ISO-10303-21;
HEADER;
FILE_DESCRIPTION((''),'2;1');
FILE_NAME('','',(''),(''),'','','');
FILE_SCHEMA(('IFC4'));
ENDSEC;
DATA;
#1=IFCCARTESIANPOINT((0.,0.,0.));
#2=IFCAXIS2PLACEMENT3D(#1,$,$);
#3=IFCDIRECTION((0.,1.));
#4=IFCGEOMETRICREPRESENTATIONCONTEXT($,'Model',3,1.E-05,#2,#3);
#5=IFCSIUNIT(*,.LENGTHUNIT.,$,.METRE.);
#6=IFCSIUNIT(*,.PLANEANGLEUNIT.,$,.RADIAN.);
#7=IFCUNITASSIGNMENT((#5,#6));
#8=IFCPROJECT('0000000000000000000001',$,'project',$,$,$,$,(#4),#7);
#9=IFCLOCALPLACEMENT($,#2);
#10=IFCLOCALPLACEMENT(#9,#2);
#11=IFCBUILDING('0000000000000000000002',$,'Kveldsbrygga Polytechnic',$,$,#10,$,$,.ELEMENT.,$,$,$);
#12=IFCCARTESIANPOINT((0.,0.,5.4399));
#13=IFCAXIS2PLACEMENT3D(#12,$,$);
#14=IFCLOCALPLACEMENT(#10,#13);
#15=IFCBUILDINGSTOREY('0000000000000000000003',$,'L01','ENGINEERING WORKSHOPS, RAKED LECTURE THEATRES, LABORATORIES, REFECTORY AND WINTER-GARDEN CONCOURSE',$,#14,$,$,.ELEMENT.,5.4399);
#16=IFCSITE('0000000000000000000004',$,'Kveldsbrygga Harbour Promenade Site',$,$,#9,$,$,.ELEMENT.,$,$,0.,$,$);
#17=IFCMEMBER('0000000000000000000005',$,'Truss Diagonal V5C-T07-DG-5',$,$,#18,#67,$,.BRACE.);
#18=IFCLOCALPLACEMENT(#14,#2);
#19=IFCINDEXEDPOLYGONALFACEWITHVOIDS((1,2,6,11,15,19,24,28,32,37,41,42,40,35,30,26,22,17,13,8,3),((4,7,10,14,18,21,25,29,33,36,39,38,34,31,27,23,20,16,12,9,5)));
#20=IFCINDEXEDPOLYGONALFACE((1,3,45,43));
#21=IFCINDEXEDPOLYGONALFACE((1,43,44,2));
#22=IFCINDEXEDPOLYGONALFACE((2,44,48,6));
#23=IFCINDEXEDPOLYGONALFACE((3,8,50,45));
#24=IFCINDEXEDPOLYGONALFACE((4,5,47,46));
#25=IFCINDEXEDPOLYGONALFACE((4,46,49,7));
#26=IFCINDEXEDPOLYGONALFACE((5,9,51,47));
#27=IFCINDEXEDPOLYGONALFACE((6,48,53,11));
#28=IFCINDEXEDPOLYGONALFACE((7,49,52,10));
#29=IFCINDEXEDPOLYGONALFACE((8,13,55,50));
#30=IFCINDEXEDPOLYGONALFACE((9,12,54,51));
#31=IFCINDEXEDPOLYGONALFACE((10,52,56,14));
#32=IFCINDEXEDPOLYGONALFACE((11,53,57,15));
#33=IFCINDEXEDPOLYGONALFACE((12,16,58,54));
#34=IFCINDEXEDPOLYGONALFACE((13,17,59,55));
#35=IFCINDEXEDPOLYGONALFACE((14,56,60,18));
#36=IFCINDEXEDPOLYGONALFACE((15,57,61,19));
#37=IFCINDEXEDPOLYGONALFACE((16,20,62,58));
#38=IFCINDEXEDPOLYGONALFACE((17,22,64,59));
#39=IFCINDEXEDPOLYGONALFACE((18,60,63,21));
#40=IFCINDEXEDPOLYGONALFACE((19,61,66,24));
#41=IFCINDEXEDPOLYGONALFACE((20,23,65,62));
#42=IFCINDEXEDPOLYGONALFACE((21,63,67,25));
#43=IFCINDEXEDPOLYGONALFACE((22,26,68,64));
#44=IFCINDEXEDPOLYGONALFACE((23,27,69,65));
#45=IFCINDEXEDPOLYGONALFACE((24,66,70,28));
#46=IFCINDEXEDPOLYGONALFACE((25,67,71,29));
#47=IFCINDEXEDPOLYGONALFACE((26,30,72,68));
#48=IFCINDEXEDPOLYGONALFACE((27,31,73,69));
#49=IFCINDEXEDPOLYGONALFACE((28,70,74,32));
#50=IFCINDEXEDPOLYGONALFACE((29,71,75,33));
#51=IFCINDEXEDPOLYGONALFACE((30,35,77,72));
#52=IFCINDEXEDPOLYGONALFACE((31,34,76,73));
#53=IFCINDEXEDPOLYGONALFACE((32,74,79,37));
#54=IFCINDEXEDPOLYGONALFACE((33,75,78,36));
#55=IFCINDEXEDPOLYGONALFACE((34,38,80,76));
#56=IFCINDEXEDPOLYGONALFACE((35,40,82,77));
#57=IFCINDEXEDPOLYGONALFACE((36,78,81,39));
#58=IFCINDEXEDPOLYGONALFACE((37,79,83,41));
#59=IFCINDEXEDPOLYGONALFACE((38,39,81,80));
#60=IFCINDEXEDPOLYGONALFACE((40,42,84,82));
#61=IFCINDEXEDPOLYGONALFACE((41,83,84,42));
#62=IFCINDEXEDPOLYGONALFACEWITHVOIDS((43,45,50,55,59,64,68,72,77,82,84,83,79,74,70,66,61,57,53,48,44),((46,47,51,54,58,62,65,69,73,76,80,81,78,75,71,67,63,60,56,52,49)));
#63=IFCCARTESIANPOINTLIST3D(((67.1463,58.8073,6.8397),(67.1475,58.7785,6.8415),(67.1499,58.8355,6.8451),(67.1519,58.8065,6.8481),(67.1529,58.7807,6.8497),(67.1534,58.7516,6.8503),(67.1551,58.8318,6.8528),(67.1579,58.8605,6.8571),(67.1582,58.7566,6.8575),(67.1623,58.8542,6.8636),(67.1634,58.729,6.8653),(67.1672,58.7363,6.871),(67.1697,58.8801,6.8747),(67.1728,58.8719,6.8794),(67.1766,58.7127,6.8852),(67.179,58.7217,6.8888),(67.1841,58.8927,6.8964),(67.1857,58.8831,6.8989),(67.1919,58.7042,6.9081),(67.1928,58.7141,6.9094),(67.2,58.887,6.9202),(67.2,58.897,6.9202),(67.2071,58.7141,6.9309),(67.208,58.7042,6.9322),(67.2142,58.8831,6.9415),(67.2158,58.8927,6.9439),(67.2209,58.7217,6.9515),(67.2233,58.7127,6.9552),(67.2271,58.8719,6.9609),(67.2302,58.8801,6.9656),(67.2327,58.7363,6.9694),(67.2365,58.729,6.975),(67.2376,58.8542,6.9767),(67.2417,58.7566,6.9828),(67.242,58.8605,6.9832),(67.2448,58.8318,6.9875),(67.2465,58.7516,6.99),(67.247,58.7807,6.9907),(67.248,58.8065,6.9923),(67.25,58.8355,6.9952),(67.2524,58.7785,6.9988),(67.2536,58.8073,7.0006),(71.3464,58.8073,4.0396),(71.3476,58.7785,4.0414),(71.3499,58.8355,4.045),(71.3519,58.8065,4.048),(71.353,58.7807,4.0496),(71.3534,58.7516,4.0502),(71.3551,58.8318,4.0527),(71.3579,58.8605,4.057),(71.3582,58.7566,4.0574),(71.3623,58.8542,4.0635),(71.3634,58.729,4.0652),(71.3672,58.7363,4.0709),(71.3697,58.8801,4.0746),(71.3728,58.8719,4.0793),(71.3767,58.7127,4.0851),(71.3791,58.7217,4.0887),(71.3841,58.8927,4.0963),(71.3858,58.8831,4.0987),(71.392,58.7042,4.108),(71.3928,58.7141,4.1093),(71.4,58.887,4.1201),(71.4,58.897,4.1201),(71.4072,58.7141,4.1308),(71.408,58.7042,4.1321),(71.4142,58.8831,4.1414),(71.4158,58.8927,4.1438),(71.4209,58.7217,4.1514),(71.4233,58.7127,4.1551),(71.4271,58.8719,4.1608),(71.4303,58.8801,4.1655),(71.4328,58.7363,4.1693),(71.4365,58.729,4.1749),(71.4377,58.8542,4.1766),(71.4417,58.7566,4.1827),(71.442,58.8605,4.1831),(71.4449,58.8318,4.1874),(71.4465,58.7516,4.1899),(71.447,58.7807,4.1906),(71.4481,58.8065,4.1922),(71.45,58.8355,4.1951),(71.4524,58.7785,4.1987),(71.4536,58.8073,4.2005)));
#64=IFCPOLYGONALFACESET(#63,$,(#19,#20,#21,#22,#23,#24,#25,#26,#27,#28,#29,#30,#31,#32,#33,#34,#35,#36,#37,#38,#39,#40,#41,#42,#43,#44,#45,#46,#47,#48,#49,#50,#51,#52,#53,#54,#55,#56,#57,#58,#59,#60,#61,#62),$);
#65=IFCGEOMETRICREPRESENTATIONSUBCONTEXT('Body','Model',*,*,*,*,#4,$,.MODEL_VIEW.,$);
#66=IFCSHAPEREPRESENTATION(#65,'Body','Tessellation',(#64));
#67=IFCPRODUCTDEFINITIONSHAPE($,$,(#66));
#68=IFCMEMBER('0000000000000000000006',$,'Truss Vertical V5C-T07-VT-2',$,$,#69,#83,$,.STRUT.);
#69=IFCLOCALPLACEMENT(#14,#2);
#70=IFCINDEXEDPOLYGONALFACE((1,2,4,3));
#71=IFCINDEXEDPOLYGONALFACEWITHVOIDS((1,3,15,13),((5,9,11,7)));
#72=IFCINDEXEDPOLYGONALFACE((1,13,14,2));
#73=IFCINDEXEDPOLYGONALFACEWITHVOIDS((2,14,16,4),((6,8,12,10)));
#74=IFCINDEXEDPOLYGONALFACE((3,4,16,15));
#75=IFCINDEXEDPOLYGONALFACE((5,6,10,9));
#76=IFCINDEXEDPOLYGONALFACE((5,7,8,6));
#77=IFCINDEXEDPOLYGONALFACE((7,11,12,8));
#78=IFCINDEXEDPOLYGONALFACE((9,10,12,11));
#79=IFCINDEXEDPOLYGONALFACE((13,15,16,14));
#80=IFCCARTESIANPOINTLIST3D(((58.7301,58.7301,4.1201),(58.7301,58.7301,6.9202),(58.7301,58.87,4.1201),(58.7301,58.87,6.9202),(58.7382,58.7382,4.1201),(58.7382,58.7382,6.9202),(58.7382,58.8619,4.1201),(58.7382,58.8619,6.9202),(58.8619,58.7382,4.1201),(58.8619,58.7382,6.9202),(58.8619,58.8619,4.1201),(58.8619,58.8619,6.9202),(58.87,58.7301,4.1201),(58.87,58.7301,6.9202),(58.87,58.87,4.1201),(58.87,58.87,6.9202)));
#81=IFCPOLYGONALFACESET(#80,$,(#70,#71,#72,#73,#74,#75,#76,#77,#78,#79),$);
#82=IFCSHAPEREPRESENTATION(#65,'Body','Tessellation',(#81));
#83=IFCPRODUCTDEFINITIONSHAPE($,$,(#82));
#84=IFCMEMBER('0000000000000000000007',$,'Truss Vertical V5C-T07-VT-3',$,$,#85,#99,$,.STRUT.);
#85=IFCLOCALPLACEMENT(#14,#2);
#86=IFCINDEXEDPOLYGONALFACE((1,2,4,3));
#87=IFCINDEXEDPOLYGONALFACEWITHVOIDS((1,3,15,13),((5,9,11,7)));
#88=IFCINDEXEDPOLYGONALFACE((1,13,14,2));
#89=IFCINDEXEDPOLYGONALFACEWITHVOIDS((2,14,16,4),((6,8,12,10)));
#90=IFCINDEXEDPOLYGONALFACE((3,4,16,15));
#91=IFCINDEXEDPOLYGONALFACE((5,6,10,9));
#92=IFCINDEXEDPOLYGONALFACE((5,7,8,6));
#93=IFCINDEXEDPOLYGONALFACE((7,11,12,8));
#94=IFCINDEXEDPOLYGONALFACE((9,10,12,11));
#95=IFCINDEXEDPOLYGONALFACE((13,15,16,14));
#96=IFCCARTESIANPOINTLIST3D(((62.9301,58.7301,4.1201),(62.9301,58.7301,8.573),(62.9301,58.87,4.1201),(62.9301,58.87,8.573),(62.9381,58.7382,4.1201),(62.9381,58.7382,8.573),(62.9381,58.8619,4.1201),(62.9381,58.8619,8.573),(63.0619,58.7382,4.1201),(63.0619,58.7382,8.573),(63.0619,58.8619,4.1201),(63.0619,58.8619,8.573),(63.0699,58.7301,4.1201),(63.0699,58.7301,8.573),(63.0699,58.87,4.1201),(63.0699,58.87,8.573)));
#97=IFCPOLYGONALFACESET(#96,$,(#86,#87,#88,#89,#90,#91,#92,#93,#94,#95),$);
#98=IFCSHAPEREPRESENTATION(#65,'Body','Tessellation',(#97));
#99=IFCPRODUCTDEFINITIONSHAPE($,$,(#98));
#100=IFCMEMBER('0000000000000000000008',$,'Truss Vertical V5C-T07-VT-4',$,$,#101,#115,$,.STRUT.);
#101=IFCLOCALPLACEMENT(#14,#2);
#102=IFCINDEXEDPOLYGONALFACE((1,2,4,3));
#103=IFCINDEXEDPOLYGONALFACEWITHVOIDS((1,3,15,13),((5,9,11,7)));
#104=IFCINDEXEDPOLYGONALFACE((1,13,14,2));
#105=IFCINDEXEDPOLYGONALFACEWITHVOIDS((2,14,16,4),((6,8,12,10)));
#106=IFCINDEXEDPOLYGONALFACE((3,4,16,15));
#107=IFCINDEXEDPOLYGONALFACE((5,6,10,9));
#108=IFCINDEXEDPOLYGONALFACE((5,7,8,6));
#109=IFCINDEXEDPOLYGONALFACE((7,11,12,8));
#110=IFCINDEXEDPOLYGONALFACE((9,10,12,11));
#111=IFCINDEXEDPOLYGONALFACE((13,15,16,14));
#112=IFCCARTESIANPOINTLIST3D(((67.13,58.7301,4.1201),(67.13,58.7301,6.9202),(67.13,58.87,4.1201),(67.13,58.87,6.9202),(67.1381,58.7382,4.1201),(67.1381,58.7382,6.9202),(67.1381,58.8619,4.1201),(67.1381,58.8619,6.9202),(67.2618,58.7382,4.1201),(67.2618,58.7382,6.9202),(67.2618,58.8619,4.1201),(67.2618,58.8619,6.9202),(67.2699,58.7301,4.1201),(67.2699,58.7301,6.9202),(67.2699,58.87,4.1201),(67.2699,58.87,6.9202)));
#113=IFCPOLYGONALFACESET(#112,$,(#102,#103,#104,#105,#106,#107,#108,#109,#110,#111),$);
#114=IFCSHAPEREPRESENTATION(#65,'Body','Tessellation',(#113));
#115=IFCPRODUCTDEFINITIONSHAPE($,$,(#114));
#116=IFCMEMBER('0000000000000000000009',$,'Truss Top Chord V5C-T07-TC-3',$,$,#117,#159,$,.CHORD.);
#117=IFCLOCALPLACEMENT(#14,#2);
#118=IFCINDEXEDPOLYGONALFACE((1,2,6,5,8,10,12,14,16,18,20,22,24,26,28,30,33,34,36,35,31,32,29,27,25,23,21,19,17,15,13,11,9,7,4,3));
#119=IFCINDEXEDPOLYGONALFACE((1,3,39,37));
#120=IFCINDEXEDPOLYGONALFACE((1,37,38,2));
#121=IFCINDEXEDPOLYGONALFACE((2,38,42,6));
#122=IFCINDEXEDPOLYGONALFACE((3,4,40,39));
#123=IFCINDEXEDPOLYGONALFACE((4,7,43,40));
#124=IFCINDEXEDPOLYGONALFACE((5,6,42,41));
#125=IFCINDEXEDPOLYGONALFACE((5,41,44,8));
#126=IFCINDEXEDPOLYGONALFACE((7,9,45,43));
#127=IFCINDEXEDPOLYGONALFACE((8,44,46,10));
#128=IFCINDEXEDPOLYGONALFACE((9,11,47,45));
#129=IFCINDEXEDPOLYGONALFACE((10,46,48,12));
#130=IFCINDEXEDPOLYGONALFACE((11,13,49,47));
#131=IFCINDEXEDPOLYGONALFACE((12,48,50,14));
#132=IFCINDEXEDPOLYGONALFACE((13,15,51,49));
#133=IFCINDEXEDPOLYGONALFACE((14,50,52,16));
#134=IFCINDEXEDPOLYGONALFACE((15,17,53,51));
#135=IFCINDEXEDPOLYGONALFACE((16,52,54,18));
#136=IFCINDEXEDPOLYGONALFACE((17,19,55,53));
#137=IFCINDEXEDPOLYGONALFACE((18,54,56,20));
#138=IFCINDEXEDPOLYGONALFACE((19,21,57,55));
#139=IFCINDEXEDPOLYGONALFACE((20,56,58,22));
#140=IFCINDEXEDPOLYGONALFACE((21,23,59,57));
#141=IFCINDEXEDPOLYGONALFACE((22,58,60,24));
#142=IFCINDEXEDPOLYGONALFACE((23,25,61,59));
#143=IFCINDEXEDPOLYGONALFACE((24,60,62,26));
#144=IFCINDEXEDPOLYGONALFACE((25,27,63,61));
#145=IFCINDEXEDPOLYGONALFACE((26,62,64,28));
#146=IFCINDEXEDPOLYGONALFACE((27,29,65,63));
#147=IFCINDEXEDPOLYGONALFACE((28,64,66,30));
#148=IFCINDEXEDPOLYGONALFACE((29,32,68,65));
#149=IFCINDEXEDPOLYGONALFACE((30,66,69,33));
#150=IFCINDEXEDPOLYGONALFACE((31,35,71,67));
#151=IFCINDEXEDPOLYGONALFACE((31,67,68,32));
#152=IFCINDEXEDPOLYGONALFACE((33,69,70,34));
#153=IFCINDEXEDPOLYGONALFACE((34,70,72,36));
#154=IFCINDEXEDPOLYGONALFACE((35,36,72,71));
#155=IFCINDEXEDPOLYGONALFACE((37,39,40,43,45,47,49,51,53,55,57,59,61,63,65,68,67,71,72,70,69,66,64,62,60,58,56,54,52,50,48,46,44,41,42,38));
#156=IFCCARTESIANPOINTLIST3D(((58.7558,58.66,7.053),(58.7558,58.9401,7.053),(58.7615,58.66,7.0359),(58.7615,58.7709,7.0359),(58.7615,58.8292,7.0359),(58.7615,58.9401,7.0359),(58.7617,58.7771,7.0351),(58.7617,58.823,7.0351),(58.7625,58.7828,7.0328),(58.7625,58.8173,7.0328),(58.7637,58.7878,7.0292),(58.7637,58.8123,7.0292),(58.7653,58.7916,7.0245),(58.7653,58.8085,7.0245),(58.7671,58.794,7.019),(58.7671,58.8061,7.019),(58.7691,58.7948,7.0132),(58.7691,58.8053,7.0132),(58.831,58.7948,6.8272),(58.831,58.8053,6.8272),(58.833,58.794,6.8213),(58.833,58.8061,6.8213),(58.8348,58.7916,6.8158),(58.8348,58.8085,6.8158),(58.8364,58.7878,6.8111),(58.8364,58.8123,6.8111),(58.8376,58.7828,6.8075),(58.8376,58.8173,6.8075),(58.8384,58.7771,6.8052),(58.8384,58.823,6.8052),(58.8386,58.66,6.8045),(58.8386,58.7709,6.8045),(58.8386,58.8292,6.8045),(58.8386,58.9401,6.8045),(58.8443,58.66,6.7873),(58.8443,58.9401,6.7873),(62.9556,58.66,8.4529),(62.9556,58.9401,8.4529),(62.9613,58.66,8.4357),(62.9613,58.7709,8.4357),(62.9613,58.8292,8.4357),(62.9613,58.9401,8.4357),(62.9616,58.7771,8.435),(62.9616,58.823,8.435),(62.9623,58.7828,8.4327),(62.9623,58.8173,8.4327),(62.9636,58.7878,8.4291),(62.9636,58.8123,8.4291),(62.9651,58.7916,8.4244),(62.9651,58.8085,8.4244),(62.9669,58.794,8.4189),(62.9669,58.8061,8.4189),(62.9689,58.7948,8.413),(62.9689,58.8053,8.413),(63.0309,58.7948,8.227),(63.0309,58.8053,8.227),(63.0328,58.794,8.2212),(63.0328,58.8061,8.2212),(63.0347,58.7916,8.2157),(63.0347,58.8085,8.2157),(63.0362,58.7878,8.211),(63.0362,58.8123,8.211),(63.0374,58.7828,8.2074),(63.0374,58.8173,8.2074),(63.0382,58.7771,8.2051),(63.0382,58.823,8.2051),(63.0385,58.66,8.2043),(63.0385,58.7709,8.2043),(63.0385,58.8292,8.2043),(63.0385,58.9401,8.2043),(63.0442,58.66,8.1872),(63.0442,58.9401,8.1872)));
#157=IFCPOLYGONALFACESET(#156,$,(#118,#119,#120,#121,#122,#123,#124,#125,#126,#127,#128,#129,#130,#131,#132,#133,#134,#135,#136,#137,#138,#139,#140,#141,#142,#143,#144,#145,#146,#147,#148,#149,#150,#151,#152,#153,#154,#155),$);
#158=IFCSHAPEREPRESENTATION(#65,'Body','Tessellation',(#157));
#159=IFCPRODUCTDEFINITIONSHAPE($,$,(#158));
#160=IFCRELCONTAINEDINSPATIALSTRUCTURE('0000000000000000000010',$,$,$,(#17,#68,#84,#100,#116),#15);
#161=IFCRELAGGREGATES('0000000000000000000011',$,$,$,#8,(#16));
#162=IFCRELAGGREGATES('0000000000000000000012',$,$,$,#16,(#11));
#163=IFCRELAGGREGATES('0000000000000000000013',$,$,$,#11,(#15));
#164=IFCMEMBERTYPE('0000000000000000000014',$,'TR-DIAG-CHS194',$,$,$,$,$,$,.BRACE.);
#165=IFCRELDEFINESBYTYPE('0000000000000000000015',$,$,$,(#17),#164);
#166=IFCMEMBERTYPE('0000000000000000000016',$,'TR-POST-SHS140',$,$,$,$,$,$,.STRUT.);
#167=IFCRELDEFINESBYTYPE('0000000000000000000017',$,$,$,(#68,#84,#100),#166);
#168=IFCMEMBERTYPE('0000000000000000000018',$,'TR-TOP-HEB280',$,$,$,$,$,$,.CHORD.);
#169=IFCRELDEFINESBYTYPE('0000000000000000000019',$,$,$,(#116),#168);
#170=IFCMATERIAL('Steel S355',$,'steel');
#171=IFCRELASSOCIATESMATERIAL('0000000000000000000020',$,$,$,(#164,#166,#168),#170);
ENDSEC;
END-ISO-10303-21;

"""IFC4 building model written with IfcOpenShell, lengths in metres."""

from ifc_helpers import new_model, si_unit, direction, frame, origin, origin_2d, place, context, subcontext, project, spatial, hollow_rectangle, hollow_circle, i_section, extrude, material, material_profile, profile_set, type_object, element, save


model = new_model("IFC4")

# Units and contexts
model_context = context("Model", 3, precision=1e-05, world=origin(), true_north=direction((0.0, 1.0)))
body_context = subcontext(model_context, "Body", "Model", "MODEL_VIEW")
ifc_project = project(units=[si_unit("LENGTHUNIT", "METRE"), si_unit("PLANEANGLEUNIT", "RADIAN")], contexts=[model_context])

# Site, building, storey
site_placement = place(None, origin())
site = spatial("IfcSite", under=ifc_project, at=site_placement, Name="Kveldsbrygga Harbour Promenade Site", CompositionType="ELEMENT", RefElevation=0.0)
building_placement = place(site_placement, origin())
building = spatial("IfcBuilding", under=site, at=building_placement, Name="Kveldsbrygga Polytechnic", CompositionType="ELEMENT")
storey_placement = place(building_placement, frame((0.0, 0.0, 5.4399)))
storey = spatial("IfcBuildingStorey", under=building, at=storey_placement, Name="L01", Description="ENGINEERING WORKSHOPS, RAKED LECTURE THEATRES, LABORATORIES, REFECTORY AND WINTER-GARDEN CONCOURSE", CompositionType="ELEMENT", Elevation=5.4399)

# Shared definitions
ifc_material_1 = material(Name="Steel S355", Category="steel")

# Members
ifc_material_profile_1 = material_profile(ifc_material_1, hollow_circle(Radius=0.0969, WallThickness=0.01, at=origin_2d()), Name="CHS 193.7x10.0")
ifc_profile_set_1 = profile_set([ifc_material_profile_1], Name="Steel S355")
member_type_1 = type_object("IfcMemberType", Name="TR-DIAG-CHS194", PredefinedType="BRACE", material=ifc_profile_set_1)
member_1_placement = place(storey_placement, frame((67.2, 58.8, 6.9202), z_axis=(0.832043, 0.0, -0.554711), x_axis=(0.0, 1.0, 0.0)))
element("IfcMember", 1, at=member_1_placement, inside=storey, type_object=member_type_1, Name="Truss Diagonal V5C-T07-DG-5", PredefinedType="BRACE", context=body_context, shape_type="SweptSolid", body=[
    extrude(hollow_circle(Radius=0.0969, WallThickness=0.01, at=origin_2d()), origin(), (0.0, 0.0, 1.0), 5.0479),
])
ifc_material_profile_2 = material_profile(ifc_material_1, hollow_rectangle(XDim=0.1399, YDim=0.1399, WallThickness=0.0081, at=origin_2d()), Name="SHS 140x140x8.0")
ifc_profile_set_2 = profile_set([ifc_material_profile_2], Name="Steel S355")
member_type_2 = type_object("IfcMemberType", Name="TR-POST-SHS140", PredefinedType="STRUT", material=ifc_profile_set_2)
member_2_placement = place(storey_placement, frame((58.8, 58.8, 4.1201), z_axis=(0.0, 0.0, 1.0), x_axis=(1.0, 0.0, 0.0)))
element("IfcMember", 2, at=member_2_placement, inside=storey, type_object=member_type_2, Name="Truss Vertical V5C-T07-VT-2", PredefinedType="STRUT", context=body_context, shape_type="SweptSolid", body=[
    extrude(hollow_rectangle(XDim=0.1399, YDim=0.1399, WallThickness=0.0081, at=origin_2d()), origin(), (0.0, 0.0, 1.0), 2.8),
])
member_3_placement = place(storey_placement, frame((63.0, 58.8, 4.1201), z_axis=(0.0, 0.0, 1.0), x_axis=(1.0, 0.0, 0.0)))
element("IfcMember", 3, at=member_3_placement, inside=storey, type_object=member_type_2, Name="Truss Vertical V5C-T07-VT-3", PredefinedType="STRUT", context=body_context, shape_type="SweptSolid", body=[
    extrude(hollow_rectangle(XDim=0.1399, YDim=0.1399, WallThickness=0.0081, at=origin_2d()), origin(), (0.0, 0.0, 1.0), 4.4529),
])
member_4_placement = place(storey_placement, frame((67.2, 58.8, 4.1201), z_axis=(0.0, 0.0, 1.0), x_axis=(1.0, 0.0, 0.0)))
element("IfcMember", 4, at=member_4_placement, inside=storey, type_object=member_type_2, Name="Truss Vertical V5C-T07-VT-4", PredefinedType="STRUT", context=body_context, shape_type="SweptSolid", body=[
    extrude(hollow_rectangle(XDim=0.1399, YDim=0.1399, WallThickness=0.0081, at=origin_2d()), origin(), (0.0, 0.0, 1.0), 2.8),
])
ifc_material_profile_3 = material_profile(ifc_material_1, i_section(OverallWidth=0.28, OverallDepth=0.28, WebThickness=0.0105, FlangeThickness=0.0181, FilletRadius=0.0239, at=origin_2d()), Name="HEB 280")
ifc_profile_set_3 = profile_set([ifc_material_profile_3], Name="Steel S355")
member_type_3 = type_object("IfcMemberType", Name="TR-TOP-HEB280", PredefinedType="CHORD", material=ifc_profile_set_3)
for number, where, z_axis, x_axis, name in (
    (5, (58.8, 58.8, 6.9202), (0.948689, 0.0, 0.316211), (0.0, 1.0, 0.0), "Truss Top Chord V5C-T07-TC-3"),
):
    element("IfcMember", number, at=place(storey_placement, frame(where, z_axis=z_axis, x_axis=x_axis)), inside=storey, type_object=member_type_3, Name=name, PredefinedType="CHORD", context=body_context, shape_type="SweptSolid", body=[
        extrude(i_section(OverallWidth=0.28, OverallDepth=0.28, WebThickness=0.0105, FlangeThickness=0.0181, FilletRadius=0.0239, at=origin_2d()), origin(), (0.0, 0.0, 1.0), 4.427),
    ])

save(model, "model.ifc")
